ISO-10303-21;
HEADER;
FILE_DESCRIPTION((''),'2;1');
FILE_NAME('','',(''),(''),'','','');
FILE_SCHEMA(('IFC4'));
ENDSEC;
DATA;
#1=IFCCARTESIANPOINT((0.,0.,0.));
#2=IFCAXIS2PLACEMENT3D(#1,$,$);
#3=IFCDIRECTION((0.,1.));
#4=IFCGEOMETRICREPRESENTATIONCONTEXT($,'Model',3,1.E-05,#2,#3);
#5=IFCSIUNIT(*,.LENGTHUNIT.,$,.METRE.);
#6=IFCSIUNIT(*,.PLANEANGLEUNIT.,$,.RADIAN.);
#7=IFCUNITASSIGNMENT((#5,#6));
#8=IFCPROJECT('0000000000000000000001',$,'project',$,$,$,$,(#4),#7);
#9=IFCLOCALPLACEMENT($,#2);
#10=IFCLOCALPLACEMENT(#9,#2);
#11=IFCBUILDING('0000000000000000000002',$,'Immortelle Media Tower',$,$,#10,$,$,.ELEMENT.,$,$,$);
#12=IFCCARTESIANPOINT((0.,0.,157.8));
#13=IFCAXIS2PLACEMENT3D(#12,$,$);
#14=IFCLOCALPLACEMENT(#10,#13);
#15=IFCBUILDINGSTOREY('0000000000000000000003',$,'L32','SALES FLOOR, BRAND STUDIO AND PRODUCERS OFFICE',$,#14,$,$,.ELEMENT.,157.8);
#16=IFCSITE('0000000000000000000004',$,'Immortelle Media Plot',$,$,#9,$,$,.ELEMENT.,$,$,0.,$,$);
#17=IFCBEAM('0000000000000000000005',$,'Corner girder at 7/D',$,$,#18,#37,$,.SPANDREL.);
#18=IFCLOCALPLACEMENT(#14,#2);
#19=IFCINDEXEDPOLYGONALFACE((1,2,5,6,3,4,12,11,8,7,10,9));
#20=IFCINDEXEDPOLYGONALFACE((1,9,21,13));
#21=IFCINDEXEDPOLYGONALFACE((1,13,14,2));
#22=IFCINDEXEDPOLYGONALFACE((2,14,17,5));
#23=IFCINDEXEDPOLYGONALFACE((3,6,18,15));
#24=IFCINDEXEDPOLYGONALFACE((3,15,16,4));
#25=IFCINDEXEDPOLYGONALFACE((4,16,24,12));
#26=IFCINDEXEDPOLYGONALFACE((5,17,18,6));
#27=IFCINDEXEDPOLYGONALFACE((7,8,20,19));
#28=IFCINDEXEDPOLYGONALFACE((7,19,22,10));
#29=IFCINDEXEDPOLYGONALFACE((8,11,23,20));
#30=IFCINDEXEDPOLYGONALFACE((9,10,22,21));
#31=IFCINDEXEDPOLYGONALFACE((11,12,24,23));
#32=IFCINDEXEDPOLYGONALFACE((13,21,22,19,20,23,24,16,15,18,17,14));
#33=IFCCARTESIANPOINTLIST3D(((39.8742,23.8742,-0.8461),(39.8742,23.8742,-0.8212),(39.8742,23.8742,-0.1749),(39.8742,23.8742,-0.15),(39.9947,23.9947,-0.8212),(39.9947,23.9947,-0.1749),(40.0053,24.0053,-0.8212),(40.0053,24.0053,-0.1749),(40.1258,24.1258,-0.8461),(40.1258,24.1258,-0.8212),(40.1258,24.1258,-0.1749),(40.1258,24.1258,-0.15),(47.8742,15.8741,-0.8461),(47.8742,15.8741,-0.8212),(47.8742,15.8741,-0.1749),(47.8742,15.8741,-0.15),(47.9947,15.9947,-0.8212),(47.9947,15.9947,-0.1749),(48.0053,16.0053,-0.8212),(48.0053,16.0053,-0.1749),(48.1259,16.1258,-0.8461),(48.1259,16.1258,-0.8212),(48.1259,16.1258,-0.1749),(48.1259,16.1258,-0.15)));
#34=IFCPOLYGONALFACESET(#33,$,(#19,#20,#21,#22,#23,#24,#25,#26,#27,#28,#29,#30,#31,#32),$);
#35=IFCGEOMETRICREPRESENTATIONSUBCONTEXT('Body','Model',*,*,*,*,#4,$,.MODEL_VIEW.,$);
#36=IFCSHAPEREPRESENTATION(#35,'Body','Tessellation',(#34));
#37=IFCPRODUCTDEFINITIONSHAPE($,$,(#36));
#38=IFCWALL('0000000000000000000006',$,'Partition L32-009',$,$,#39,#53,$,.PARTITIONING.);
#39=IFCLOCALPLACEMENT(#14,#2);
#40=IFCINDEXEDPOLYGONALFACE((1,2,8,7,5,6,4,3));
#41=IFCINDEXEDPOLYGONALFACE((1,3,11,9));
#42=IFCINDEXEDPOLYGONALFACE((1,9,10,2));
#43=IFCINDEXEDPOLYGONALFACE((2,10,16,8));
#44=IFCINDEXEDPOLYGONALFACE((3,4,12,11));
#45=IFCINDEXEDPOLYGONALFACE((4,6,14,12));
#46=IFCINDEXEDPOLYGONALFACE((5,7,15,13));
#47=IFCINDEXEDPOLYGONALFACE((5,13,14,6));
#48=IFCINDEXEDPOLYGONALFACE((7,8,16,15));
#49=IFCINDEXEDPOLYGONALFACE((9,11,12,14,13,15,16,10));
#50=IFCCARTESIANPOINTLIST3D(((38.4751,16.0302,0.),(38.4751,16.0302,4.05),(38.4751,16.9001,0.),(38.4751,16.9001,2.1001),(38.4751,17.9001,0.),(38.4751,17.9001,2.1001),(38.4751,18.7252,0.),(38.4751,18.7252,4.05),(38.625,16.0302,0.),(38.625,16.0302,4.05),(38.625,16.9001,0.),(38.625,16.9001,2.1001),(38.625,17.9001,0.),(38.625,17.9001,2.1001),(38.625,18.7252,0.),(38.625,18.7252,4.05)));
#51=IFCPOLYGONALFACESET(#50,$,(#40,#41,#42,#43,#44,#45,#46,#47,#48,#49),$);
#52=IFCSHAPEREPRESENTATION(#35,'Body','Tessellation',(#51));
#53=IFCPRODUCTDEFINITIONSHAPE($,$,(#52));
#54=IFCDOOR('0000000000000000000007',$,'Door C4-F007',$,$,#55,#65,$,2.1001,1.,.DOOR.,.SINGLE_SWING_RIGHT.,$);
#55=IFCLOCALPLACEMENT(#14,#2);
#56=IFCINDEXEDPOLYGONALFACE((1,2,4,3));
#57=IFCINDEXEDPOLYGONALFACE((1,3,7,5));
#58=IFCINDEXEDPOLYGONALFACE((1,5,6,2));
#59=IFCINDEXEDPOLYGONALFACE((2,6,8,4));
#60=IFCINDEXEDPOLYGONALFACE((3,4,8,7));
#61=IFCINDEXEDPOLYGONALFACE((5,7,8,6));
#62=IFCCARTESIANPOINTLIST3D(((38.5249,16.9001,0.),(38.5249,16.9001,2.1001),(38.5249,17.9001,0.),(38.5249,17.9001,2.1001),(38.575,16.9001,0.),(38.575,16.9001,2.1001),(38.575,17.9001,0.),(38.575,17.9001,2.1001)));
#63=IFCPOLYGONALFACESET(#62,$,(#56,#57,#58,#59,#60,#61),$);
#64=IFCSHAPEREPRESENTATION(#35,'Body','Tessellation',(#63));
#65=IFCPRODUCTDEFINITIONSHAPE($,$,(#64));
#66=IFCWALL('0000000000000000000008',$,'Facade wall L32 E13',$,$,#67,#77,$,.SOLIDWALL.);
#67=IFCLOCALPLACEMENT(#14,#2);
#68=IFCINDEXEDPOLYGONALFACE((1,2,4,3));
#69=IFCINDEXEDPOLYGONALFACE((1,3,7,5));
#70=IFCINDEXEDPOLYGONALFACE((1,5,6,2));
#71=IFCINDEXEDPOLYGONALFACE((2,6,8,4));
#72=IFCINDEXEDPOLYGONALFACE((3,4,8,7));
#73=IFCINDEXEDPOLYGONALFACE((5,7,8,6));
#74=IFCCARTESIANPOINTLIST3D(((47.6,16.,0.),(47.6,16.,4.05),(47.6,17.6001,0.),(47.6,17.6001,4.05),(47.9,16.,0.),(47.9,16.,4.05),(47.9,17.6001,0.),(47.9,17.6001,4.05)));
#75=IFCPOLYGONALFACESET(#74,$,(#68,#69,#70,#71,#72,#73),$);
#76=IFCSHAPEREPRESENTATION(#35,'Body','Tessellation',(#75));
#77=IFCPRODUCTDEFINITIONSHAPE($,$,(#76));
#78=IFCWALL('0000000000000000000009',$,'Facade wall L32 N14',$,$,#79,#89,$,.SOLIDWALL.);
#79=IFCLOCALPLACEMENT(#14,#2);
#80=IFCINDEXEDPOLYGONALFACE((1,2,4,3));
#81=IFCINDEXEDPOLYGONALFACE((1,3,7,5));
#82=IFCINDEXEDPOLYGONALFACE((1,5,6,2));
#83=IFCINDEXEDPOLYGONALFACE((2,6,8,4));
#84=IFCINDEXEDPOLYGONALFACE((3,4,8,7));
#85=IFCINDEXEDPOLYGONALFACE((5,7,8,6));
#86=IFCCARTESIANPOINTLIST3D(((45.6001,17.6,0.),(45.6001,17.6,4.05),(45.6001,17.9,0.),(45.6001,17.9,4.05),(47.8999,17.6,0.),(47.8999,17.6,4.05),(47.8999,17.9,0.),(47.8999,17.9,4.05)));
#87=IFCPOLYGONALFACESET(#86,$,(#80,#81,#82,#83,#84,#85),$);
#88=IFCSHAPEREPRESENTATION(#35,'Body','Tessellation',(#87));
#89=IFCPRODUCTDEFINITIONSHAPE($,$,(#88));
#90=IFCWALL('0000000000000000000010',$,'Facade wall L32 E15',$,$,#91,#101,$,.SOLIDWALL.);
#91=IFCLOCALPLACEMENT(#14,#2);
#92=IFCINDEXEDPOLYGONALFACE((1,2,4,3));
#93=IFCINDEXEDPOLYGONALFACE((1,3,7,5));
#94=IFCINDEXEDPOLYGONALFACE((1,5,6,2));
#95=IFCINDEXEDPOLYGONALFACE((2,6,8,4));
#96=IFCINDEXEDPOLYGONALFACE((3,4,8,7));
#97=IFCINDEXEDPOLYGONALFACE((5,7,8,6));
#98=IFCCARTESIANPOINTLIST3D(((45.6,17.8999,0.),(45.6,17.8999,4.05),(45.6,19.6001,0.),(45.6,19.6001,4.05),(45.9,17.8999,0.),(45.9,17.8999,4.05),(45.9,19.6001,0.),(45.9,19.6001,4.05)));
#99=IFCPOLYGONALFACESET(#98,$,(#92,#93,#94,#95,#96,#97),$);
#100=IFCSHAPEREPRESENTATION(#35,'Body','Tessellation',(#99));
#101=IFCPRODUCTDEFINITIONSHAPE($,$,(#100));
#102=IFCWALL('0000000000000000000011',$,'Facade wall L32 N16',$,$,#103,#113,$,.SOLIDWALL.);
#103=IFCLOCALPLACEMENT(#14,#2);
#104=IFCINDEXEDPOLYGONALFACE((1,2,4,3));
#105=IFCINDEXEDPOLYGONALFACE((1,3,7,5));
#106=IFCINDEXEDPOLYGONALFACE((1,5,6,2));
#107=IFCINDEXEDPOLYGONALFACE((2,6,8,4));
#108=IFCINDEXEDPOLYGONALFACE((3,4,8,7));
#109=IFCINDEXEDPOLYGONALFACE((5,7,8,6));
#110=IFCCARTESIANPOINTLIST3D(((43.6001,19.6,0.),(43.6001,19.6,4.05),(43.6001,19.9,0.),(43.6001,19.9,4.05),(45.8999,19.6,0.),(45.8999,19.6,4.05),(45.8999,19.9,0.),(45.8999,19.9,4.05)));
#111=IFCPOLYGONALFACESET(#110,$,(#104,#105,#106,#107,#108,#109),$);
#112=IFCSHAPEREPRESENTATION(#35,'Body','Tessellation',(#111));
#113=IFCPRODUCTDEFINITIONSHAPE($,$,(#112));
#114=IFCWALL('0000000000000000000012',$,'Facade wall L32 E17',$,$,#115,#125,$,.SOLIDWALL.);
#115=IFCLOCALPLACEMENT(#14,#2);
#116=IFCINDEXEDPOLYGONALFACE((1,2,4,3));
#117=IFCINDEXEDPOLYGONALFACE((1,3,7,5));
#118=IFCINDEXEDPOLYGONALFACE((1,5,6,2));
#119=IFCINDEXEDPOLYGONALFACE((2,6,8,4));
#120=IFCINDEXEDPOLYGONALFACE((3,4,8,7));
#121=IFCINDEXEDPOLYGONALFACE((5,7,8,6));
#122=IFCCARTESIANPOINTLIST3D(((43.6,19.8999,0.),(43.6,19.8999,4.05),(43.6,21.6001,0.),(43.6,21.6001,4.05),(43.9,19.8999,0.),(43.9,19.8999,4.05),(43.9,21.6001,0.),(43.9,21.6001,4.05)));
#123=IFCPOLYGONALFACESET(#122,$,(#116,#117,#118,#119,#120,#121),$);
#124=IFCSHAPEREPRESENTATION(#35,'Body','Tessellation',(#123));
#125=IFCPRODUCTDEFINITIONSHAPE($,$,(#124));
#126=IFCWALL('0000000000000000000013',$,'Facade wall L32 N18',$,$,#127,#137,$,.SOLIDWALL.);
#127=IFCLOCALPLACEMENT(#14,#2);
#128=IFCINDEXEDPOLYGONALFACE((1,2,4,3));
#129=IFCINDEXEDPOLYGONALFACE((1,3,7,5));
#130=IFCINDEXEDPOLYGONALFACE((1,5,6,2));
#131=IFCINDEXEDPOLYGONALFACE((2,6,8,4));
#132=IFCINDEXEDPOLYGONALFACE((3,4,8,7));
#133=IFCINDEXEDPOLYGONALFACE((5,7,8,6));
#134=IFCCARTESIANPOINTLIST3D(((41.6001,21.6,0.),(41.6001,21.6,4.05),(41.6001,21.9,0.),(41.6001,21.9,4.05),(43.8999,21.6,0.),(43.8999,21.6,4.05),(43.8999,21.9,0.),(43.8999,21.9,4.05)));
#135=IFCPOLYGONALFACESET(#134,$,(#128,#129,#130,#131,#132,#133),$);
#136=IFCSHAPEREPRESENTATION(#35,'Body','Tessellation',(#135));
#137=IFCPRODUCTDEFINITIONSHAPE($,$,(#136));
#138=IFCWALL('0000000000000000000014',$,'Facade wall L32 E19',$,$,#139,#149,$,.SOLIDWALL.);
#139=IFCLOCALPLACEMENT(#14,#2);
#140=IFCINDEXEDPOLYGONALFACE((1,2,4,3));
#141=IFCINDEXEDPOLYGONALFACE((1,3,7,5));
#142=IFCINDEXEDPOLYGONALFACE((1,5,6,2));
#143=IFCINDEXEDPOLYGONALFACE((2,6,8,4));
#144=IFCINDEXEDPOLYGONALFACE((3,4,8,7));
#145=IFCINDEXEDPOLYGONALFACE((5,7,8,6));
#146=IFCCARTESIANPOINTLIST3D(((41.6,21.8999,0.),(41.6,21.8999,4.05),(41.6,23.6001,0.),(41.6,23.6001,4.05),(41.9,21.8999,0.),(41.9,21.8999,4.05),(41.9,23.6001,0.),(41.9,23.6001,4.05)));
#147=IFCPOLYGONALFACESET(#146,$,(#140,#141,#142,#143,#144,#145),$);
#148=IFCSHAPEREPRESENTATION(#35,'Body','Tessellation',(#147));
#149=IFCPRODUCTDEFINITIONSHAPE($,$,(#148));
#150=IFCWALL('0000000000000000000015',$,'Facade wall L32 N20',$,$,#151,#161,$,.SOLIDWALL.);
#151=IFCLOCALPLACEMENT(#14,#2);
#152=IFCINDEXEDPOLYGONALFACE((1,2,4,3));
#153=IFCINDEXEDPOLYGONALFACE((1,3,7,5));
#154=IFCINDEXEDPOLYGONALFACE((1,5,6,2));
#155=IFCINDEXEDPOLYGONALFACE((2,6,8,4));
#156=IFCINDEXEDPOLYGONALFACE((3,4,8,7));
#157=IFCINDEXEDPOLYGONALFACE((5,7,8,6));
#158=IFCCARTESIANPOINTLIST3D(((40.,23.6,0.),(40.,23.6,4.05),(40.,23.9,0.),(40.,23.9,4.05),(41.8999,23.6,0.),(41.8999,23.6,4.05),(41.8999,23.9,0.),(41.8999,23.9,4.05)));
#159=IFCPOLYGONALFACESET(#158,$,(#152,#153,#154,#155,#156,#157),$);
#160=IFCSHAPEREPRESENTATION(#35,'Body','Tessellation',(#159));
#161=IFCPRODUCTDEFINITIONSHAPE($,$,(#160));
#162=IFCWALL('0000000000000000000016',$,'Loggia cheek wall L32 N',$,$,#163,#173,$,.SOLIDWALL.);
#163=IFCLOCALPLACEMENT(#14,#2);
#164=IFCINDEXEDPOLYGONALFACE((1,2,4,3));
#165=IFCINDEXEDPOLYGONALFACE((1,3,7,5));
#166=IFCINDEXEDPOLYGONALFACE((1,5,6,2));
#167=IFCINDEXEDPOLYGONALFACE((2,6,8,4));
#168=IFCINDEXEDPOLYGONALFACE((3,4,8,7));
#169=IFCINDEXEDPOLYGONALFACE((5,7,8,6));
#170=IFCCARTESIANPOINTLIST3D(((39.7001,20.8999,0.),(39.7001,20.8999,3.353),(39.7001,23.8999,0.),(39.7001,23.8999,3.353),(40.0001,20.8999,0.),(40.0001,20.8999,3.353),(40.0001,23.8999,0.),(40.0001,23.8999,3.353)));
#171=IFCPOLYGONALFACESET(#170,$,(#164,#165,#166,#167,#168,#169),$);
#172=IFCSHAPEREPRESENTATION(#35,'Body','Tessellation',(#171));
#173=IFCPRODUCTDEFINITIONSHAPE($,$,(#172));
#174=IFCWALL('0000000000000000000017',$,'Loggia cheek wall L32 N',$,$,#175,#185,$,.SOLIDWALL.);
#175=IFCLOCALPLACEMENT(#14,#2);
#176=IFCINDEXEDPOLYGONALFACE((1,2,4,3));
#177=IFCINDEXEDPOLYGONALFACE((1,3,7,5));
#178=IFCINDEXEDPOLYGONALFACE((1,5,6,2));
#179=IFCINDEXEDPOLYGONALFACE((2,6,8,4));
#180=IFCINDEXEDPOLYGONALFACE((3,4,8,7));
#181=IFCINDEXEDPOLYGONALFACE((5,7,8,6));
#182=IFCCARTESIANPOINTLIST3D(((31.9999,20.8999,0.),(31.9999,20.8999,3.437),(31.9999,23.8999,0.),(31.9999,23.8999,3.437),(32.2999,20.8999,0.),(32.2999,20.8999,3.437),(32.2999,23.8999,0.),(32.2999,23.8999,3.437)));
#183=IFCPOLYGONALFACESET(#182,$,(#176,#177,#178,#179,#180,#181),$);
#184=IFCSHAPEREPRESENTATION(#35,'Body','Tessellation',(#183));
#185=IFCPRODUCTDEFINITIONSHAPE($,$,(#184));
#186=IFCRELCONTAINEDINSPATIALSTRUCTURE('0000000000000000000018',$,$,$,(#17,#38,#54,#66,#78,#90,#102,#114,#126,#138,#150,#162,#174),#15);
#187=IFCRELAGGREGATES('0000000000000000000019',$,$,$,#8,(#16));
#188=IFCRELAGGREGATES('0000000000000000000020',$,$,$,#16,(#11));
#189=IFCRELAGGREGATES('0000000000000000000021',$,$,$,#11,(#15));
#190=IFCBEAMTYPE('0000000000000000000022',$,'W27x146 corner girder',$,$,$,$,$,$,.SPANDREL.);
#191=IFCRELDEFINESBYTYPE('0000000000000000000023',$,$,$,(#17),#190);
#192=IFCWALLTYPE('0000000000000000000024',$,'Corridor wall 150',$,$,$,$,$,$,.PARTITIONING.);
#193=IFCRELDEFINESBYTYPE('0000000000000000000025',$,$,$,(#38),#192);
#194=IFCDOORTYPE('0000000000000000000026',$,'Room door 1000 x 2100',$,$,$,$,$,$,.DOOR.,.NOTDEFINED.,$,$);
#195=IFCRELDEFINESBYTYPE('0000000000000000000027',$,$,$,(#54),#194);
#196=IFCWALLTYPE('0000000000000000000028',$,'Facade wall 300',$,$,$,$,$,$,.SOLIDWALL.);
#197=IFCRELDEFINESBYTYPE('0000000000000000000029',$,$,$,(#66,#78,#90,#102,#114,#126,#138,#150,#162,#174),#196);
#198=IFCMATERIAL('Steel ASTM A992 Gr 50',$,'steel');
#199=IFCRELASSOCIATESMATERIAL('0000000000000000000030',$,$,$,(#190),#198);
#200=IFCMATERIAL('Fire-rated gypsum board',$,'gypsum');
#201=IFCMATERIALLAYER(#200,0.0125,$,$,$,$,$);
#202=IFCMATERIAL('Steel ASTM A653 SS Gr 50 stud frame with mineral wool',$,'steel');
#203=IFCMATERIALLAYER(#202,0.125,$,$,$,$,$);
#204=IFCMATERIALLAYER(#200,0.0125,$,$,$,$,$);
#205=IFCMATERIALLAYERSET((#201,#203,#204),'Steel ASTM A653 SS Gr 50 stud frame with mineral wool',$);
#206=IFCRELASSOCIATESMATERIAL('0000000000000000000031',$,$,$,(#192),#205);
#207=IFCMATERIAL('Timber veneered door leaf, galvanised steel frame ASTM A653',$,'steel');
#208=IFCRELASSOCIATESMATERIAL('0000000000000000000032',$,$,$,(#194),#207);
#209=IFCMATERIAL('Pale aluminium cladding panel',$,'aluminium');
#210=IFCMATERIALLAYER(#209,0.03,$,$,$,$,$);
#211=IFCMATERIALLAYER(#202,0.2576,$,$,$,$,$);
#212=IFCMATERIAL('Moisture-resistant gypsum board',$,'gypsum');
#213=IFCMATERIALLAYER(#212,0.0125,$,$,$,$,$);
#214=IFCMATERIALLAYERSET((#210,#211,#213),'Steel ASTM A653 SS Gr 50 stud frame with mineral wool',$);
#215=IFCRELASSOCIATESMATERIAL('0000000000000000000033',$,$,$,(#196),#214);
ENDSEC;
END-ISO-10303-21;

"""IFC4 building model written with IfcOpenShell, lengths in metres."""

from ifc_helpers import new_model, si_unit, direction, frame, frame_2d, origin, origin_2d, place, context, subcontext, project, spatial, rectangle, i_section, extrude, material, layer, layer_set, material_profile, profile_set, type_object, element, fill, save


model = new_model("IFC4")

# Units and contexts
model_context = context("Model", 3, precision=1e-05, world=origin(), true_north=direction((0.0, 1.0)))
body_context = subcontext(model_context, "Body", "Model", "MODEL_VIEW")
ifc_project = project(units=[si_unit("LENGTHUNIT", "METRE"), si_unit("PLANEANGLEUNIT", "RADIAN")], contexts=[model_context])

# Site, building, storey
site_placement = place(None, origin())
site = spatial("IfcSite", under=ifc_project, at=site_placement, Name="Immortelle Media Plot", CompositionType="ELEMENT", RefElevation=0.0)
building_placement = place(site_placement, origin())
building = spatial("IfcBuilding", under=site, at=building_placement, Name="Immortelle Media Tower", CompositionType="ELEMENT")
storey_placement = place(building_placement, frame((0.0, 0.0, 157.8)))
storey = spatial("IfcBuildingStorey", under=building, at=storey_placement, Name="L32", Description="SALES FLOOR, BRAND STUDIO AND PRODUCERS OFFICE", CompositionType="ELEMENT", Elevation=157.8)

# Shared definitions
ifc_material_1 = material(Name="Steel ASTM A992 Gr 50", Category="steel")

# Beam
ifc_material_profile_1 = material_profile(ifc_material_1, i_section(OverallWidth=0.356, OverallDepth=0.696, WebThickness=0.0149, FlangeThickness=0.0249, at=origin_2d()), Name="W27x146")
ifc_profile_set_1 = profile_set([ifc_material_profile_1], Name="Steel ASTM A992 Gr 50")
beam_type_1 = type_object("IfcBeamType", Name="W27x146 corner girder", PredefinedType="SPANDREL", material=ifc_profile_set_1)
beam_placement = place(storey_placement, frame((40.0, 24.0, -0.498), z_axis=(0.707107, -0.707107, 0.0), x_axis=(0.707107, 0.707107, 0.0)))
element("IfcBeam", 1, at=beam_placement, inside=storey, type_object=beam_type_1, Name="Corner girder at 7/D", PredefinedType="SPANDREL", context=body_context, shape_type="SweptSolid", body=[
    extrude(i_section(OverallWidth=0.356, OverallDepth=0.696, WebThickness=0.0149, FlangeThickness=0.0249, at=origin_2d()), origin(), (0.0, 0.0, 1.0), 11.3137),
])

# Wall, opening, door
ifc_material_2 = material(Name="Fire-rated gypsum board", Category="gypsum")
ifc_layer_1 = layer(ifc_material_2, 0.0125)
ifc_material_3 = material(Name="Steel ASTM A653 SS Gr 50 stud frame with mineral wool", Category="steel")
ifc_layer_2 = layer(ifc_material_3, 0.125)
ifc_layer_3 = layer(ifc_material_2, 0.0125)
ifc_layer_set_1 = layer_set([ifc_layer_1, ifc_layer_2, ifc_layer_3], Name="Steel ASTM A653 SS Gr 50 stud frame with mineral wool")
wall_type_1 = type_object("IfcWallType", Name="Corridor wall 150", PredefinedType="PARTITIONING", material=ifc_layer_set_1)
wall_1_placement = place(storey_placement, frame((38.55, 16.03, 0.0), z_axis=(0.0, 0.0, 1.0), x_axis=(0.0, 1.0, 0.0)))
wall_1 = element("IfcWall", 2, at=wall_1_placement, inside=storey, type_object=wall_type_1, Name="Partition L32-009", PredefinedType="PARTITIONING", context=body_context, shape_type="SweptSolid", body=[
    extrude(rectangle(XDim=2.6951, YDim=0.1499, at=frame_2d((1.3477, 0.0))), origin(), (0.0, 0.0, 1.0), 4.05),
])
opening_1_placement = place(wall_1_placement, frame((1.8701, 0.0, 0.0), z_axis=(0.0, 0.0, 1.0), x_axis=(-1.0, 0.0, 0.0)))
opening_1 = element("IfcOpeningElement", 3, at=opening_1_placement, cuts=wall_1, PredefinedType="OPENING", context=body_context, shape_type="SweptSolid", body=[
    extrude(rectangle(XDim=1.0, YDim=2.1001, at=frame_2d((0.5, 1.05))), frame((0.0, 0.085, 0.0), z_axis=(0.0, -1.0, 0.0), x_axis=(1.0, 0.0, 0.0)), (0.0, 0.0, 1.0), 0.1699),
])
ifc_material_4 = material(Name="Timber veneered door leaf, galvanised steel frame ASTM A653", Category="steel")
door_type_1 = type_object("IfcDoorType", Name="Room door 1000 x 2100", OperationType="NOTDEFINED", PredefinedType="DOOR", material=ifc_material_4)
door_1_placement = place(opening_1_placement, origin())
door_1 = element("IfcDoor", 4, at=door_1_placement, inside=storey, type_object=door_type_1, Name="Door C4-F007", OperationType="SINGLE_SWING_RIGHT", OverallHeight=2.1001, OverallWidth=1.0, PredefinedType="DOOR", context=body_context, shape_type="SweptSolid", body=[
    extrude(rectangle(XDim=1.0, YDim=2.1001, at=frame_2d((0.5, 1.05))), frame((0.0, 0.0249, 0.0), z_axis=(0.0, -1.0, 0.0), x_axis=(1.0, 0.0, 0.0)), (0.0, 0.0, 1.0), 0.05),
])
fill(opening_1, door_1)

# Walls
ifc_material_5 = material(Name="Pale aluminium cladding panel", Category="aluminium")
ifc_layer_4 = layer(ifc_material_5, 0.03)
ifc_layer_5 = layer(ifc_material_3, 0.2576)
ifc_material_6 = material(Name="Moisture-resistant gypsum board", Category="gypsum")
ifc_layer_6 = layer(ifc_material_6, 0.0125)
ifc_layer_set_2 = layer_set([ifc_layer_4, ifc_layer_5, ifc_layer_6], Name="Steel ASTM A653 SS Gr 50 stud frame with mineral wool")
wall_type_2 = type_object("IfcWallType", Name="Facade wall 300", PredefinedType="SOLIDWALL", material=ifc_layer_set_2)
wall_2_placement = place(storey_placement, frame((47.75, 16.0, 0.0), z_axis=(0.0, 0.0, 1.0), x_axis=(0.0, 1.0, 0.0)))
element("IfcWall", 5, at=wall_2_placement, inside=storey, type_object=wall_type_2, Name="Facade wall L32 E13", PredefinedType="SOLIDWALL", context=body_context, shape_type="SweptSolid", body=[
    extrude(rectangle(XDim=1.6001, YDim=0.3, at=frame_2d((0.8, 0.0))), origin(), (0.0, 0.0, 1.0), 4.05),
])
wall_3_placement = place(storey_placement, frame((47.8999, 17.75, 0.0), z_axis=(0.0, 0.0, 1.0), x_axis=(-1.0, 0.0, 0.0)))
element("IfcWall", 6, at=wall_3_placement, inside=storey, type_object=wall_type_2, Name="Facade wall L32 N14", PredefinedType="SOLIDWALL", context=body_context, shape_type="SweptSolid", body=[
    extrude(rectangle(XDim=2.2998, YDim=0.3, at=frame_2d((1.1499, 0.0))), origin(), (0.0, 0.0, 1.0), 4.05),
])
wall_4_placement = place(storey_placement, frame((45.75, 17.8999, 0.0), z_axis=(0.0, 0.0, 1.0), x_axis=(0.0, 1.0, 0.0)))
element("IfcWall", 7, at=wall_4_placement, inside=storey, type_object=wall_type_2, Name="Facade wall L32 E15", PredefinedType="SOLIDWALL", context=body_context, shape_type="SweptSolid", body=[
    extrude(rectangle(XDim=1.7002, YDim=0.3, at=frame_2d((0.8501, 0.0))), origin(), (0.0, 0.0, 1.0), 4.05),
])
wall_5_placement = place(storey_placement, frame((45.8999, 19.75, 0.0), z_axis=(0.0, 0.0, 1.0), x_axis=(-1.0, 0.0, 0.0)))
element("IfcWall", 8, at=wall_5_placement, inside=storey, type_object=wall_type_2, Name="Facade wall L32 N16", PredefinedType="SOLIDWALL", context=body_context, shape_type="SweptSolid", body=[
    extrude(rectangle(XDim=2.2998, YDim=0.3, at=frame_2d((1.1499, 0.0))), origin(), (0.0, 0.0, 1.0), 4.05),
])
wall_6_placement = place(storey_placement, frame((43.75, 19.8999, 0.0), z_axis=(0.0, 0.0, 1.0), x_axis=(0.0, 1.0, 0.0)))
element("IfcWall", 9, at=wall_6_placement, inside=storey, type_object=wall_type_2, Name="Facade wall L32 E17", PredefinedType="SOLIDWALL", context=body_context, shape_type="SweptSolid", body=[
    extrude(rectangle(XDim=1.7002, YDim=0.3, at=frame_2d((0.8501, 0.0))), origin(), (0.0, 0.0, 1.0), 4.05),
])
wall_7_placement = place(storey_placement, frame((43.8999, 21.75, 0.0), z_axis=(0.0, 0.0, 1.0), x_axis=(-1.0, 0.0, 0.0)))
element("IfcWall", 10, at=wall_7_placement, inside=storey, type_object=wall_type_2, Name="Facade wall L32 N18", PredefinedType="SOLIDWALL", context=body_context, shape_type="SweptSolid", body=[
    extrude(rectangle(XDim=2.2998, YDim=0.3, at=frame_2d((1.1499, 0.0))), origin(), (0.0, 0.0, 1.0), 4.05),
])
wall_8_placement = place(storey_placement, frame((41.75, 21.8999, 0.0), z_axis=(0.0, 0.0, 1.0), x_axis=(0.0, 1.0, 0.0)))
element("IfcWall", 11, at=wall_8_placement, inside=storey, type_object=wall_type_2, Name="Facade wall L32 E19", PredefinedType="SOLIDWALL", context=body_context, shape_type="SweptSolid", body=[
    extrude(rectangle(XDim=1.7002, YDim=0.3, at=frame_2d((0.8501, 0.0))), origin(), (0.0, 0.0, 1.0), 4.05),
])
wall_9_placement = place(storey_placement, frame((41.8999, 23.75, 0.0), z_axis=(0.0, 0.0, 1.0), x_axis=(-1.0, 0.0, 0.0)))
element("IfcWall", 12, at=wall_9_placement, inside=storey, type_object=wall_type_2, Name="Facade wall L32 N20", PredefinedType="SOLIDWALL", context=body_context, shape_type="SweptSolid", body=[
    extrude(rectangle(XDim=1.8999, YDim=0.3, at=frame_2d((0.95, 0.0))), origin(), (0.0, 0.0, 1.0), 4.05),
])

# Walls
wall_10_placement = place(storey_placement, frame((39.8501, 23.8999, 0.0), z_axis=(0.0, 0.0, 1.0), x_axis=(0.0, -1.0, 0.0)))
element("IfcWall", 13, at=wall_10_placement, inside=storey, type_object=wall_type_2, Name="Loggia cheek wall L32 N", PredefinedType="SOLIDWALL", context=body_context, shape_type="SweptSolid", body=[
    extrude(rectangle(XDim=3.0, YDim=0.3, at=frame_2d((1.5, 0.0))), origin(), (0.0, 0.0, 1.0), 3.353),
])
wall_11_placement = place(storey_placement, frame((32.1499, 23.8999, 0.0), z_axis=(0.0, 0.0, 1.0), x_axis=(0.0, -1.0, 0.0)))
element("IfcWall", 14, at=wall_11_placement, inside=storey, type_object=wall_type_2, Name="Loggia cheek wall L32 N", PredefinedType="SOLIDWALL", context=body_context, shape_type="SweptSolid", body=[
    extrude(rectangle(XDim=3.0, YDim=0.3, at=frame_2d((1.5, 0.0))), origin(), (0.0, 0.0, 1.0), 3.437),
])

save(model, "model.ifc")
